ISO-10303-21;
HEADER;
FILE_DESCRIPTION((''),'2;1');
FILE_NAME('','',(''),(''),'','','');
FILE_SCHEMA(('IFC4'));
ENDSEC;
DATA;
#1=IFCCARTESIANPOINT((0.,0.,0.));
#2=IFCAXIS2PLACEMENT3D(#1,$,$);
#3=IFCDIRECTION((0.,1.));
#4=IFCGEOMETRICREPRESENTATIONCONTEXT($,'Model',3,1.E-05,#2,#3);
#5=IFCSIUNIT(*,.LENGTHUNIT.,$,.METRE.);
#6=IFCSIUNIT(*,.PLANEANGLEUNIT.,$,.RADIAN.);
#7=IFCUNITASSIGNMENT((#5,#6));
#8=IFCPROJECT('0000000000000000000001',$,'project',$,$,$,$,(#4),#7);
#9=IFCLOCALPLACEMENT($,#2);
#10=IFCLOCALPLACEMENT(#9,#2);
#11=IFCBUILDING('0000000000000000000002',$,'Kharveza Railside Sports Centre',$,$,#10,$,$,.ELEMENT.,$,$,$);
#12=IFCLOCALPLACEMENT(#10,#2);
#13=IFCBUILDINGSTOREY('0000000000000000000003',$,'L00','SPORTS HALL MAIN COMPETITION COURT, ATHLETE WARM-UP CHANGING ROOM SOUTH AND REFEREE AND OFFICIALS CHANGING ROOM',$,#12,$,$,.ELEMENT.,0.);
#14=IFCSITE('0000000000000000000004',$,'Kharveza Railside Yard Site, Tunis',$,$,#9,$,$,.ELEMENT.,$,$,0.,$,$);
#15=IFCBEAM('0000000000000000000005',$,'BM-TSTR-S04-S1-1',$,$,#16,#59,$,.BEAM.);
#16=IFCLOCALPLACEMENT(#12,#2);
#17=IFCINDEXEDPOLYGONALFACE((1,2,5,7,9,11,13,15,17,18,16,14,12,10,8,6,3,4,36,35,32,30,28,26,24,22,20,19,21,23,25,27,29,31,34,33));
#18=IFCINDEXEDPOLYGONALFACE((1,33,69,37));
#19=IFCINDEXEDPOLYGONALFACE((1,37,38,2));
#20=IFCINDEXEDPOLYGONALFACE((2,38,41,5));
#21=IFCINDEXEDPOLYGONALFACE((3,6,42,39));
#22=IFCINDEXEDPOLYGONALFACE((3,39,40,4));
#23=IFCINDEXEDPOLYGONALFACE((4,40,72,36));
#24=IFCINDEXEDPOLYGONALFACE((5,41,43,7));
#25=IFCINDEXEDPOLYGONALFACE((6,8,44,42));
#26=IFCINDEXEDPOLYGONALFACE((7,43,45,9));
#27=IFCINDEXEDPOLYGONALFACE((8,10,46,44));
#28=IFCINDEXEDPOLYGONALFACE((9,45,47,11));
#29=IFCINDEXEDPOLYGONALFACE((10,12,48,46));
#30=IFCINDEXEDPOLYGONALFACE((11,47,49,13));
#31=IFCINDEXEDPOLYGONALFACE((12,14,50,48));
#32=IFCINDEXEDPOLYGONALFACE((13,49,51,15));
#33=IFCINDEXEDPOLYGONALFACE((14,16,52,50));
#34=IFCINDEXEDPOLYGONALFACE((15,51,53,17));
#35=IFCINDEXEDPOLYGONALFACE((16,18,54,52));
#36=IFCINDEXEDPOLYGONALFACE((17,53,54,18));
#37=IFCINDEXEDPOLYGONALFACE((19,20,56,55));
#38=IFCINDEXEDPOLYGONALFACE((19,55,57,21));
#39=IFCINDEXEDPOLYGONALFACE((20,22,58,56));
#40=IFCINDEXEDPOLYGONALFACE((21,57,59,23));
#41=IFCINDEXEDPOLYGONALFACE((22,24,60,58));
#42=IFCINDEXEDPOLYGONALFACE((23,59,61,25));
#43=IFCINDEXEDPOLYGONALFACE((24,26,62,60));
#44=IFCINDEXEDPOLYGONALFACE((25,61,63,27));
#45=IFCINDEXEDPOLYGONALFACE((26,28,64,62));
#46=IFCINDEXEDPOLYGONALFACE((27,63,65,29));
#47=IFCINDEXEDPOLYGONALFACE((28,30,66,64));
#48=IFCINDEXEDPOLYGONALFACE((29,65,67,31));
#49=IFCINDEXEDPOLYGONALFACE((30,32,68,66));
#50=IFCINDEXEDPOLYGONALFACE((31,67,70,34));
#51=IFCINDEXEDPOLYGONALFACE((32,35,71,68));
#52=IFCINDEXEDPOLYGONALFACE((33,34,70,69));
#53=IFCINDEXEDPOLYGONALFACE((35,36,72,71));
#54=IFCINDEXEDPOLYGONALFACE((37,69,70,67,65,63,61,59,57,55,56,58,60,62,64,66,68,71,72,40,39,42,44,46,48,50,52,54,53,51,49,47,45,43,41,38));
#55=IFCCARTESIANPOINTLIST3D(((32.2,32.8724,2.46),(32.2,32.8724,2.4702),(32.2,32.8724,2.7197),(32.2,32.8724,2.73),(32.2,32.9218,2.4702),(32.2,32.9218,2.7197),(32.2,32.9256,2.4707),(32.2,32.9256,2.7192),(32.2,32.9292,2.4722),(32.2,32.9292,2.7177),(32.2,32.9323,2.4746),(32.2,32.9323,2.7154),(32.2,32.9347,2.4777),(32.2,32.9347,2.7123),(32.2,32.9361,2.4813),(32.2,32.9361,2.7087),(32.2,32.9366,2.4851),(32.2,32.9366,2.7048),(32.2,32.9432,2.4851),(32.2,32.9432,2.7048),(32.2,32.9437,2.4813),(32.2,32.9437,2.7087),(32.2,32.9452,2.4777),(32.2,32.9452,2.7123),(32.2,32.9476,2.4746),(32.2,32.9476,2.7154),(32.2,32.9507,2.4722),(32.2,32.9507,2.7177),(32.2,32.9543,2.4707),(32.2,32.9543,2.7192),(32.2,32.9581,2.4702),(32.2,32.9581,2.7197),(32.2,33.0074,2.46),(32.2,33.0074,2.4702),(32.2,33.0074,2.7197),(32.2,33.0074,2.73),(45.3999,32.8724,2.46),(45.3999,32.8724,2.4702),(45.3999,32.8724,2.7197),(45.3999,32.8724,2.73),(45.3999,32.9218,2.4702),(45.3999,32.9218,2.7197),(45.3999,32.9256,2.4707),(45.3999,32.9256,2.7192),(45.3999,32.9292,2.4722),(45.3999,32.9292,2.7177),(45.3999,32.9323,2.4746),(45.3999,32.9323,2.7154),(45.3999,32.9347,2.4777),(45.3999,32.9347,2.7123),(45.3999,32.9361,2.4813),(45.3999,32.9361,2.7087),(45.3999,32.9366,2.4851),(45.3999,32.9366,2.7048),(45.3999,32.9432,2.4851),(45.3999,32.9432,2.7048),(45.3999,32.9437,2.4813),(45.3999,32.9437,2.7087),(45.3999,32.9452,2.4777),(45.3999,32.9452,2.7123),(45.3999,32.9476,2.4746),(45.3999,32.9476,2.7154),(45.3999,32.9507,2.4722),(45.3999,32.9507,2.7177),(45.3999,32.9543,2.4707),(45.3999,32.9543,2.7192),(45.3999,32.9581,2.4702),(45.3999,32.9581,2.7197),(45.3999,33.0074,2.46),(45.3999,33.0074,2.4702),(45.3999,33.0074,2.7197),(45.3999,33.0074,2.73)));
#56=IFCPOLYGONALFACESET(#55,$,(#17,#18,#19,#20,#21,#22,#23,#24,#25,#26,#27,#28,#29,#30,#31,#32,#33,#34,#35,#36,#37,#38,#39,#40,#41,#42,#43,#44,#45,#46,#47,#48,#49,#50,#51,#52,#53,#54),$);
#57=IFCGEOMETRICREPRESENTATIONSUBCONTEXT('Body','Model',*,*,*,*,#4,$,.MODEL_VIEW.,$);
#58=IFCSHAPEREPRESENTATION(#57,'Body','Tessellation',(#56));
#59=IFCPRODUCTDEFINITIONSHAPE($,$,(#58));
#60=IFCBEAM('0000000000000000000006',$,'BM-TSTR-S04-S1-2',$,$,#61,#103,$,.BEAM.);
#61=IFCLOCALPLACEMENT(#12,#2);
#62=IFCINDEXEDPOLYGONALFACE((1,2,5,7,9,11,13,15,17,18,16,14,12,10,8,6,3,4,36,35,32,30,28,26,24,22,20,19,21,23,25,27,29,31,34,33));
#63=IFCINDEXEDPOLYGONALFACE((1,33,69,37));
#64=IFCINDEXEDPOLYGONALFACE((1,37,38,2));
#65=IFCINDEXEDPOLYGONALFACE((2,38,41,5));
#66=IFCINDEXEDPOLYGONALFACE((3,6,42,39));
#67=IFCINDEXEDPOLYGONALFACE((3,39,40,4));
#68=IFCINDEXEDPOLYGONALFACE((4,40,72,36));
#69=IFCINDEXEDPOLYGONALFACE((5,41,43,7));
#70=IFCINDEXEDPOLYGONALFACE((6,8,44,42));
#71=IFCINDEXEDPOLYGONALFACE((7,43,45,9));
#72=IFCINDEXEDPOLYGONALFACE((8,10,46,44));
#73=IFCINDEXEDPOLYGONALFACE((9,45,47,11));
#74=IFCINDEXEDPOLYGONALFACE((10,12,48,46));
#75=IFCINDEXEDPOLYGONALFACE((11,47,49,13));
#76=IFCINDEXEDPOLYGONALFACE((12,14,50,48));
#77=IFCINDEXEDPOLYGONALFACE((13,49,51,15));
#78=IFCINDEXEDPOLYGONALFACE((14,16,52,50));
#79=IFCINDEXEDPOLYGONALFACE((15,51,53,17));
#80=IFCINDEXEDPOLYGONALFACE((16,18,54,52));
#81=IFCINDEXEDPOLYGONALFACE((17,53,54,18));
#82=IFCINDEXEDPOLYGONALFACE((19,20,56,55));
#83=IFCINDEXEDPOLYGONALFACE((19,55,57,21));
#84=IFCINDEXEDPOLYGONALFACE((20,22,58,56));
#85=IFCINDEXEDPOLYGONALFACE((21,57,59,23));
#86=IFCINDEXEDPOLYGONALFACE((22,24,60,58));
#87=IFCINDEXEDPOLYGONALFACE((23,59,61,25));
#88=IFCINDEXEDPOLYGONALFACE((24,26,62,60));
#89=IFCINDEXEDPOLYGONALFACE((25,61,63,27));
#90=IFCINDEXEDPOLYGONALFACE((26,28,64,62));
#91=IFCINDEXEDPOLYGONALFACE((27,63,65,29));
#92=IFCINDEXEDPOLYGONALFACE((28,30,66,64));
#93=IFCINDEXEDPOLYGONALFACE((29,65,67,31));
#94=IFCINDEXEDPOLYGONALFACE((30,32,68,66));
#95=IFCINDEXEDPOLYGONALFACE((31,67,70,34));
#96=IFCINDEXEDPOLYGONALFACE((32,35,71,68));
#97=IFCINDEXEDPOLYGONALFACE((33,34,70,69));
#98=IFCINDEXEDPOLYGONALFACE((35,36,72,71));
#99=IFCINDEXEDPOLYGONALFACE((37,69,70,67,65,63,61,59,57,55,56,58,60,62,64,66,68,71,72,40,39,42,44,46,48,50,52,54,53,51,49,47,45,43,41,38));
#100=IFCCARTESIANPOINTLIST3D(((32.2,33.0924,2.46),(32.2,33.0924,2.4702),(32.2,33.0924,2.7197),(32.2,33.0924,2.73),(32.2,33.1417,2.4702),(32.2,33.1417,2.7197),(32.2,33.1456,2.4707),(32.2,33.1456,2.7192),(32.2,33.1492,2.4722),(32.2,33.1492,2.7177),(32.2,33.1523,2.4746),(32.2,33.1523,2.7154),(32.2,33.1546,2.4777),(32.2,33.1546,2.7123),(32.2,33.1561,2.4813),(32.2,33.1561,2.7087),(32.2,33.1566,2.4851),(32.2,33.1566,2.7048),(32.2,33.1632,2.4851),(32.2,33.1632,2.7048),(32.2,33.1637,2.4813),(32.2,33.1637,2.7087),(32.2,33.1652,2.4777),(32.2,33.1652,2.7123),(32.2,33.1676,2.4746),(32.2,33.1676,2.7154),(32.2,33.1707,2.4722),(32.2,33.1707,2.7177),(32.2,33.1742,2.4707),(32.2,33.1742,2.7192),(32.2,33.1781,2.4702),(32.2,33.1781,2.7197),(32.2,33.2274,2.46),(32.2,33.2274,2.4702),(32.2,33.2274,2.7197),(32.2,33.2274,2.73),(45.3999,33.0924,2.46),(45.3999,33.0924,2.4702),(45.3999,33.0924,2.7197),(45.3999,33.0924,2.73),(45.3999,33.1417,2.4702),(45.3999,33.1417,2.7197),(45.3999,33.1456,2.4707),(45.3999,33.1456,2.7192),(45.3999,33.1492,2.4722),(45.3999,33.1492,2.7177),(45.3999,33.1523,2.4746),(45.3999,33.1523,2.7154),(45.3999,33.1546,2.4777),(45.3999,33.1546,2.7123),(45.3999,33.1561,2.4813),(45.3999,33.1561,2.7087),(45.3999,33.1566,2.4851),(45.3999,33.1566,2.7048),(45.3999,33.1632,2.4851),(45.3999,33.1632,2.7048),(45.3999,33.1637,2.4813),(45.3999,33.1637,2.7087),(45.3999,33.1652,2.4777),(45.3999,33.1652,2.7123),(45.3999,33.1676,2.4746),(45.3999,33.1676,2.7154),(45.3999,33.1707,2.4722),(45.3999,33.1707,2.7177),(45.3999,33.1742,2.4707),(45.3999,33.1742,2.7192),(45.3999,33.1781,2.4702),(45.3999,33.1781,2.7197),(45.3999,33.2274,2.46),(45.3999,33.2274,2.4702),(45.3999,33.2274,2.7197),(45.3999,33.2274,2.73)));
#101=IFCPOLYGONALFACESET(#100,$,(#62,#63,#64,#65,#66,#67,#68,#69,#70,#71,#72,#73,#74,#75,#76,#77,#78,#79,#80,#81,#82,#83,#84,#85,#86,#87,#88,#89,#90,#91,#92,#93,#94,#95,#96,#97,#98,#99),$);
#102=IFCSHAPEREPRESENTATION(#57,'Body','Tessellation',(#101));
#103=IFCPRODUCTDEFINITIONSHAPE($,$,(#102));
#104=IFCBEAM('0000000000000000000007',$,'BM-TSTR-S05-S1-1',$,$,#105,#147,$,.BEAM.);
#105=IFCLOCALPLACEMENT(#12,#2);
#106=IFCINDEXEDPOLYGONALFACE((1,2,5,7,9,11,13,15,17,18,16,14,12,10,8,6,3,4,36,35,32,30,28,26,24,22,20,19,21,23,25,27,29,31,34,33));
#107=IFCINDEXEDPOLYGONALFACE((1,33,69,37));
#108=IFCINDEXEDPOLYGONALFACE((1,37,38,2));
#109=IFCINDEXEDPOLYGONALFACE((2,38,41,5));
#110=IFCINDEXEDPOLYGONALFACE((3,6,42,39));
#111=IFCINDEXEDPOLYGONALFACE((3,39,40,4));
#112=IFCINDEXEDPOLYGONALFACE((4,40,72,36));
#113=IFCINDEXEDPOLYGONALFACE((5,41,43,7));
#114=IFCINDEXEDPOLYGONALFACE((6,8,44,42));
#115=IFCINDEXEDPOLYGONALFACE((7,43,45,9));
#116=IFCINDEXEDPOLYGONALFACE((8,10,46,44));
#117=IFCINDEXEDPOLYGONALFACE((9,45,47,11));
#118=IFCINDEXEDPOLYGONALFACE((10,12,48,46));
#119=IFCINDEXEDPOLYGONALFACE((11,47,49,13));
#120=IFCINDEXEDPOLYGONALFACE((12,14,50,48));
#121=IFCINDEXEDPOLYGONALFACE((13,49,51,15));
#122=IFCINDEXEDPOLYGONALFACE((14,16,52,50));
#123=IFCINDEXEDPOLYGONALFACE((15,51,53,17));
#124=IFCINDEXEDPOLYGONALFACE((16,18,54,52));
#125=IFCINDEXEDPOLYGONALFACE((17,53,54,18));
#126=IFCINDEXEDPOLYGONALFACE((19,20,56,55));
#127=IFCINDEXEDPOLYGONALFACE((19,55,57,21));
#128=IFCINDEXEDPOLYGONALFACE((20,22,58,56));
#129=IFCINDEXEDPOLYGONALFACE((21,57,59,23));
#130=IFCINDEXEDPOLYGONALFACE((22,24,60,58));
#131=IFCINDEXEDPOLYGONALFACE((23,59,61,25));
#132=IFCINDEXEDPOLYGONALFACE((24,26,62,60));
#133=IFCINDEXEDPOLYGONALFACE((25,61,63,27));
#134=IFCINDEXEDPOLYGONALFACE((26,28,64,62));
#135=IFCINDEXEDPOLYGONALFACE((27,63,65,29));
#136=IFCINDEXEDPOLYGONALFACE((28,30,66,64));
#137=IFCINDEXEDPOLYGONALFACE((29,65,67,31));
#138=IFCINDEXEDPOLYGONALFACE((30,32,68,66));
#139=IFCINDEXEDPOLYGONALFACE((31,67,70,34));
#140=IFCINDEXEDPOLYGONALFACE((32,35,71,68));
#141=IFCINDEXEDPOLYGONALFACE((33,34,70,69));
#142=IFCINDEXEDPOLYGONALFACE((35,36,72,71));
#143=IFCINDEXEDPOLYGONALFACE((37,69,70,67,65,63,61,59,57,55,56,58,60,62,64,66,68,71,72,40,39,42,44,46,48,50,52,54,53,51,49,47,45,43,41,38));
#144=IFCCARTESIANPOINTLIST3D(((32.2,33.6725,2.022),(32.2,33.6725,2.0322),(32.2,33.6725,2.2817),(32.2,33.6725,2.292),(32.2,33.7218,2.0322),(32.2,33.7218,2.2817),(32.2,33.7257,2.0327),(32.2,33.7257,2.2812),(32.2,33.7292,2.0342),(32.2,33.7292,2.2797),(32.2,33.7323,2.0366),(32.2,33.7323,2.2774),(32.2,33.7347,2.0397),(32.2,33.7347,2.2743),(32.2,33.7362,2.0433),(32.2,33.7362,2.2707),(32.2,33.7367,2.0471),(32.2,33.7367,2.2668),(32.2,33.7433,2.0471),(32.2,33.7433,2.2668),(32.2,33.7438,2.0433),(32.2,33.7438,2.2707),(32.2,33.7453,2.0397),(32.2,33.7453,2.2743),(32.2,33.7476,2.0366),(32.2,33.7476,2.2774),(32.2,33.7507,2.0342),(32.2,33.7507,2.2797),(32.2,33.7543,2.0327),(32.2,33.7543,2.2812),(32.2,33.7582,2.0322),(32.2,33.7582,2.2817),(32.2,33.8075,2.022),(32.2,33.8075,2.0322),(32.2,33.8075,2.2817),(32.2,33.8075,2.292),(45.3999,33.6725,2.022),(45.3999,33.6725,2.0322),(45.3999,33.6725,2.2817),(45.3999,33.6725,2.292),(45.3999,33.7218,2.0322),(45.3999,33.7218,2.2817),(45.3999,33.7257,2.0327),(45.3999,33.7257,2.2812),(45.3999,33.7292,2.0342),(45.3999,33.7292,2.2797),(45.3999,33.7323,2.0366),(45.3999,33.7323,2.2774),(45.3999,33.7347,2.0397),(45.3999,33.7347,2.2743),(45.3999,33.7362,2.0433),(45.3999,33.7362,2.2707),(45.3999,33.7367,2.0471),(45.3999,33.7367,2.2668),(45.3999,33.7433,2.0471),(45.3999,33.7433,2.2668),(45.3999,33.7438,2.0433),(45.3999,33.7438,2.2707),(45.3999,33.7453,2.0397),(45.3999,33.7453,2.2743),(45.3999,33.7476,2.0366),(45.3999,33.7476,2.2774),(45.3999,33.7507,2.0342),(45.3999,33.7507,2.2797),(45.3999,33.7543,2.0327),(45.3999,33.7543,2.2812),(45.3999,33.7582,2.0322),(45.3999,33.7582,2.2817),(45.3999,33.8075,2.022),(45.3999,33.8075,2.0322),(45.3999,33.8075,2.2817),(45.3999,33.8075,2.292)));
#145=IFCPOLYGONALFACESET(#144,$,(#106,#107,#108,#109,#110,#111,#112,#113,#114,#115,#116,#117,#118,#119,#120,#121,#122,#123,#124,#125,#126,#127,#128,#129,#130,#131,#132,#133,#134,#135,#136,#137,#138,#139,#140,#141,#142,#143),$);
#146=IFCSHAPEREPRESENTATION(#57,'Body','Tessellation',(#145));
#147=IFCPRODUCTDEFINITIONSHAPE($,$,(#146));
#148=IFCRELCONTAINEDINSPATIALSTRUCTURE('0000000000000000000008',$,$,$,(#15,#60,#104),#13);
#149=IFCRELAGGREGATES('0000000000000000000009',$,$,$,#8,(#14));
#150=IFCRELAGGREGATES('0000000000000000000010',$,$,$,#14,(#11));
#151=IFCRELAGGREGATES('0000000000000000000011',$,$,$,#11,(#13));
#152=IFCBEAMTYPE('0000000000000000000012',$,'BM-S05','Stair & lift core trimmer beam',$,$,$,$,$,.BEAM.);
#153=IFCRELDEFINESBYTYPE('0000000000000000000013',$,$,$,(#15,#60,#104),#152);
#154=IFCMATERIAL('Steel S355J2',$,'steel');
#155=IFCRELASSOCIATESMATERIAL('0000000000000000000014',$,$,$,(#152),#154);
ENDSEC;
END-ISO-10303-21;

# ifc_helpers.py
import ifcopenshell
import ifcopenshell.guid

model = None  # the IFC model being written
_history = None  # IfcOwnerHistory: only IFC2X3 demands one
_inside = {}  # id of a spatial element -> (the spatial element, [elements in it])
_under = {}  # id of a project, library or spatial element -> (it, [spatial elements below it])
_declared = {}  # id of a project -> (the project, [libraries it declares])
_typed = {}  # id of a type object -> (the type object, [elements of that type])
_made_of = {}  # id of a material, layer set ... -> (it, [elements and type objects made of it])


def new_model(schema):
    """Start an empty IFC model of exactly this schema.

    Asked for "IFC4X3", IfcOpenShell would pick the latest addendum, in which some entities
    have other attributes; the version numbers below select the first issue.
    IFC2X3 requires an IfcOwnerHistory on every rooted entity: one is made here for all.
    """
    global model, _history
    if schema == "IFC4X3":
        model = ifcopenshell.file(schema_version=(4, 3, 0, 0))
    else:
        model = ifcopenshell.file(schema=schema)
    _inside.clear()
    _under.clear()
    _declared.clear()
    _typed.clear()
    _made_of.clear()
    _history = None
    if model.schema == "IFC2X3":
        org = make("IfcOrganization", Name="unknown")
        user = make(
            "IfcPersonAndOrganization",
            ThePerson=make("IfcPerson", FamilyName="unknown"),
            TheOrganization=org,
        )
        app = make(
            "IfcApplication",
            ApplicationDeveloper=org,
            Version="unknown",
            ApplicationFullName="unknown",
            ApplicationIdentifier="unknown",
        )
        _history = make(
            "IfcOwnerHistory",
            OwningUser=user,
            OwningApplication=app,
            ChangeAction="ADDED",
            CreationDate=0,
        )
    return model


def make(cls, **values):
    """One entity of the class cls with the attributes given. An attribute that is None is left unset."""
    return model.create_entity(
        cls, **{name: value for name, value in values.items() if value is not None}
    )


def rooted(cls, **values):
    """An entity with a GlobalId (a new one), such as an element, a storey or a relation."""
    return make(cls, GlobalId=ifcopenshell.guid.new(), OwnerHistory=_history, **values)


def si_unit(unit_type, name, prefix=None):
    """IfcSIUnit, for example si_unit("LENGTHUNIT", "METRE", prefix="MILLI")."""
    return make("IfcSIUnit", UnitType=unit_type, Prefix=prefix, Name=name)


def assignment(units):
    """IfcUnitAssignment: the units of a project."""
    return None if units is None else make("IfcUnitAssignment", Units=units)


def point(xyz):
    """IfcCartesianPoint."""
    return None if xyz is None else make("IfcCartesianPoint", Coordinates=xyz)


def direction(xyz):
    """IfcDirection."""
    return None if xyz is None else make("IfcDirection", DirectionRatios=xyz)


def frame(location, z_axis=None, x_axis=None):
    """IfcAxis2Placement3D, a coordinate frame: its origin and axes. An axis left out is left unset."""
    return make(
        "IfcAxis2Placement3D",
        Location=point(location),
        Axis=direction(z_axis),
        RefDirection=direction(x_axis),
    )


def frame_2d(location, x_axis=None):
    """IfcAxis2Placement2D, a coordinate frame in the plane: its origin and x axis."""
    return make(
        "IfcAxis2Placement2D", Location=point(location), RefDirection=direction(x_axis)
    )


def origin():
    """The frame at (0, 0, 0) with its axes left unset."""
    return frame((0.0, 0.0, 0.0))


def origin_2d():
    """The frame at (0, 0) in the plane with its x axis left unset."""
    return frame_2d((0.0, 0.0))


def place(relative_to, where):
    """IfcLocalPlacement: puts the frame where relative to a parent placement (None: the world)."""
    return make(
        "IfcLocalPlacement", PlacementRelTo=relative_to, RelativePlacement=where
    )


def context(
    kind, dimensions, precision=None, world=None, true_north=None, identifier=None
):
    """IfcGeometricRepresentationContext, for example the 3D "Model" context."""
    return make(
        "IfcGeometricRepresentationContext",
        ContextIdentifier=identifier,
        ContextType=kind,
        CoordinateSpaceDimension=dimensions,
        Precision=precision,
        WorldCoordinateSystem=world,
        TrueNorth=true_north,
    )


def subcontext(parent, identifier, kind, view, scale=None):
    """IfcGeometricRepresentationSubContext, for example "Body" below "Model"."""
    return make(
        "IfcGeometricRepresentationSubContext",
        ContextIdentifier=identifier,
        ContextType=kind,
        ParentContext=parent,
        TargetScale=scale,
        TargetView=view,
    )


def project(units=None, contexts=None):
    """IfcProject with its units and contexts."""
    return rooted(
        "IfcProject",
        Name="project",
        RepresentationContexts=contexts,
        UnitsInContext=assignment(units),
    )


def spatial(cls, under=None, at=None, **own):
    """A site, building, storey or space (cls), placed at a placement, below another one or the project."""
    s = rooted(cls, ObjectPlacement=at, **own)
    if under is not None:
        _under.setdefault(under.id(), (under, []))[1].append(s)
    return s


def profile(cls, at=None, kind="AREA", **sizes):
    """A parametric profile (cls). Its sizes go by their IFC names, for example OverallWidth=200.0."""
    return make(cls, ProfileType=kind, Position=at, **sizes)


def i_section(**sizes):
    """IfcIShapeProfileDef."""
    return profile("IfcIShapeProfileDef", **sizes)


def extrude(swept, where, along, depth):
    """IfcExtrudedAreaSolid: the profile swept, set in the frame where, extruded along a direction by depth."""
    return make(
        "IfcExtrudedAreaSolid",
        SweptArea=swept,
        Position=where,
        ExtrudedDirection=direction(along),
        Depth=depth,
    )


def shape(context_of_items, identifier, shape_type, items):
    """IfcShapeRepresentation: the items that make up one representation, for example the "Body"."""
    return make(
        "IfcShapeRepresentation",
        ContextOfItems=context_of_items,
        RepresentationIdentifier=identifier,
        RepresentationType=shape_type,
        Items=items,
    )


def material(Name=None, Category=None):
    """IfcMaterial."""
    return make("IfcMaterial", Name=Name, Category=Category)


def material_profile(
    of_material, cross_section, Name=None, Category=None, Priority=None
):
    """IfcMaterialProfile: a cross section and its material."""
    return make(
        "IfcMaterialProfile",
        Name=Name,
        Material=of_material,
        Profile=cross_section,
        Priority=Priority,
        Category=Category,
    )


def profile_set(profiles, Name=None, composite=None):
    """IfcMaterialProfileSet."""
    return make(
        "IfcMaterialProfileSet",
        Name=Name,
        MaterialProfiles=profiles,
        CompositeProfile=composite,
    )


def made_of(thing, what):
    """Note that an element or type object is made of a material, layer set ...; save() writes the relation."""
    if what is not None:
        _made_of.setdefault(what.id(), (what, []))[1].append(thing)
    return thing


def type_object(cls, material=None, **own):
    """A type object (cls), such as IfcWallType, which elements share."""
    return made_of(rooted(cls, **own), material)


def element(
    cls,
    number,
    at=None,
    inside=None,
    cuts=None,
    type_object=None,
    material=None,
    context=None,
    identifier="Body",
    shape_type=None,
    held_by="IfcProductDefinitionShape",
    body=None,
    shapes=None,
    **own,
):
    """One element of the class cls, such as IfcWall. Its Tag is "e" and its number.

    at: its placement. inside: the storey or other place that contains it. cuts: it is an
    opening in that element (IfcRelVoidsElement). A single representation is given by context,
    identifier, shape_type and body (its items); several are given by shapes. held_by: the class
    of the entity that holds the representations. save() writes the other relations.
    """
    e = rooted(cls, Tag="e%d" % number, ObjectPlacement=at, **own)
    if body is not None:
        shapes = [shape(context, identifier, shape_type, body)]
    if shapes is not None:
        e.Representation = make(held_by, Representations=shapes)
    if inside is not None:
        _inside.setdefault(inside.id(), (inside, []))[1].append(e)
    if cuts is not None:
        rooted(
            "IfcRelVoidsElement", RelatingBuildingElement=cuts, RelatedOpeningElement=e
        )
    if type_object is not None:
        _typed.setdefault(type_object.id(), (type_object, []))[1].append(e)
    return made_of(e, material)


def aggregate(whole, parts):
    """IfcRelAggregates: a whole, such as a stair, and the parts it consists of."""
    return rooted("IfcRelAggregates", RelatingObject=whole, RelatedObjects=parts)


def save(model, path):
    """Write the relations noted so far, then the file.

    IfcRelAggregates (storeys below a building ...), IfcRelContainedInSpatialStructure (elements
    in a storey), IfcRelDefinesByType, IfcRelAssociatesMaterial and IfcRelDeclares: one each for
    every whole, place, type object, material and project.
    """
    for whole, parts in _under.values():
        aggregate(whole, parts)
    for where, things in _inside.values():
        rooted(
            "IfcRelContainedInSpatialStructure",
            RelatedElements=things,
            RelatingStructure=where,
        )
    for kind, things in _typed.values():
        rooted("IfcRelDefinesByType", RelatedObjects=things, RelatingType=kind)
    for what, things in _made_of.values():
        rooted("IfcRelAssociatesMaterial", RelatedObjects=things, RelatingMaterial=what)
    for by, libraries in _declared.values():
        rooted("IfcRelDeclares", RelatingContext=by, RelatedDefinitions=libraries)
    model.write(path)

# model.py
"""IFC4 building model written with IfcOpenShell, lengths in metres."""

from ifc_helpers import new_model, si_unit, direction, frame, origin, origin_2d, place, context, subcontext, project, spatial, i_section, extrude, material, material_profile, profile_set, type_object, element, save


model = new_model("IFC4")

# Units and contexts
model_context = context("Model", 3, precision=1e-05, world=origin(), true_north=direction((0.0, 1.0)))
body_context = subcontext(model_context, "Body", "Model", "MODEL_VIEW")
ifc_project = project(units=[si_unit("LENGTHUNIT", "METRE"), si_unit("PLANEANGLEUNIT", "RADIAN")], contexts=[model_context])

# Site, building, storey
site_placement = place(None, origin())
site = spatial("IfcSite", under=ifc_project, at=site_placement, Name="Kharveza Railside Yard Site, Tunis", CompositionType="ELEMENT", RefElevation=0.0)
building_placement = place(site_placement, origin())
building = spatial("IfcBuilding", under=site, at=building_placement, Name="Kharveza Railside Sports Centre", CompositionType="ELEMENT")
storey_placement = place(building_placement, origin())
storey = spatial("IfcBuildingStorey", under=building, at=storey_placement, Name="L00", Description="SPORTS HALL MAIN COMPETITION COURT, ATHLETE WARM-UP CHANGING ROOM SOUTH AND REFEREE AND OFFICIALS CHANGING ROOM", CompositionType="ELEMENT", Elevation=0.0)

# Shared definitions
ifc_material_1 = material(Name="Steel S355J2", Category="steel")

# Beams
ifc_material_profile_1 = material_profile(ifc_material_1, i_section(OverallWidth=0.135, OverallDepth=0.27, WebThickness=0.0066, FlangeThickness=0.0103, FilletRadius=0.0149, at=origin_2d()), Name="IPE 270")
ifc_profile_set_1 = profile_set([ifc_material_profile_1], Name="Steel S355J2")
beam_type_1 = type_object("IfcBeamType", Name="BM-S05", Description="Stair & lift core trimmer beam", PredefinedType="BEAM", material=ifc_profile_set_1)
for number, where, z_axis, x_axis, name in (
    (1, (32.2, 32.9399, 2.595), (1.0, 0.0, 0.0), (0.0, 1.0, 0.0), "BM-TSTR-S04-S1-1"),
    (2, (32.2, 33.1599, 2.595), (1.0, 0.0, 0.0), (0.0, 1.0, 0.0), "BM-TSTR-S04-S1-2"),
    (3, (32.2, 33.74, 2.157), (1.0, 0.0, 0.0), (0.0, 1.0, 0.0), "BM-TSTR-S05-S1-1"),
):
    element("IfcBeam", number, at=place(storey_placement, frame(where, z_axis=z_axis, x_axis=x_axis)), inside=storey, type_object=beam_type_1, Name=name, PredefinedType="BEAM", context=body_context, shape_type="SweptSolid", body=[
        extrude(i_section(OverallWidth=0.135, OverallDepth=0.27, WebThickness=0.0066, FlangeThickness=0.0103, FilletRadius=0.0149, at=origin_2d()), origin(), (0.0, 0.0, 1.0), 13.2),
    ])

save(model, "model.ifc")
